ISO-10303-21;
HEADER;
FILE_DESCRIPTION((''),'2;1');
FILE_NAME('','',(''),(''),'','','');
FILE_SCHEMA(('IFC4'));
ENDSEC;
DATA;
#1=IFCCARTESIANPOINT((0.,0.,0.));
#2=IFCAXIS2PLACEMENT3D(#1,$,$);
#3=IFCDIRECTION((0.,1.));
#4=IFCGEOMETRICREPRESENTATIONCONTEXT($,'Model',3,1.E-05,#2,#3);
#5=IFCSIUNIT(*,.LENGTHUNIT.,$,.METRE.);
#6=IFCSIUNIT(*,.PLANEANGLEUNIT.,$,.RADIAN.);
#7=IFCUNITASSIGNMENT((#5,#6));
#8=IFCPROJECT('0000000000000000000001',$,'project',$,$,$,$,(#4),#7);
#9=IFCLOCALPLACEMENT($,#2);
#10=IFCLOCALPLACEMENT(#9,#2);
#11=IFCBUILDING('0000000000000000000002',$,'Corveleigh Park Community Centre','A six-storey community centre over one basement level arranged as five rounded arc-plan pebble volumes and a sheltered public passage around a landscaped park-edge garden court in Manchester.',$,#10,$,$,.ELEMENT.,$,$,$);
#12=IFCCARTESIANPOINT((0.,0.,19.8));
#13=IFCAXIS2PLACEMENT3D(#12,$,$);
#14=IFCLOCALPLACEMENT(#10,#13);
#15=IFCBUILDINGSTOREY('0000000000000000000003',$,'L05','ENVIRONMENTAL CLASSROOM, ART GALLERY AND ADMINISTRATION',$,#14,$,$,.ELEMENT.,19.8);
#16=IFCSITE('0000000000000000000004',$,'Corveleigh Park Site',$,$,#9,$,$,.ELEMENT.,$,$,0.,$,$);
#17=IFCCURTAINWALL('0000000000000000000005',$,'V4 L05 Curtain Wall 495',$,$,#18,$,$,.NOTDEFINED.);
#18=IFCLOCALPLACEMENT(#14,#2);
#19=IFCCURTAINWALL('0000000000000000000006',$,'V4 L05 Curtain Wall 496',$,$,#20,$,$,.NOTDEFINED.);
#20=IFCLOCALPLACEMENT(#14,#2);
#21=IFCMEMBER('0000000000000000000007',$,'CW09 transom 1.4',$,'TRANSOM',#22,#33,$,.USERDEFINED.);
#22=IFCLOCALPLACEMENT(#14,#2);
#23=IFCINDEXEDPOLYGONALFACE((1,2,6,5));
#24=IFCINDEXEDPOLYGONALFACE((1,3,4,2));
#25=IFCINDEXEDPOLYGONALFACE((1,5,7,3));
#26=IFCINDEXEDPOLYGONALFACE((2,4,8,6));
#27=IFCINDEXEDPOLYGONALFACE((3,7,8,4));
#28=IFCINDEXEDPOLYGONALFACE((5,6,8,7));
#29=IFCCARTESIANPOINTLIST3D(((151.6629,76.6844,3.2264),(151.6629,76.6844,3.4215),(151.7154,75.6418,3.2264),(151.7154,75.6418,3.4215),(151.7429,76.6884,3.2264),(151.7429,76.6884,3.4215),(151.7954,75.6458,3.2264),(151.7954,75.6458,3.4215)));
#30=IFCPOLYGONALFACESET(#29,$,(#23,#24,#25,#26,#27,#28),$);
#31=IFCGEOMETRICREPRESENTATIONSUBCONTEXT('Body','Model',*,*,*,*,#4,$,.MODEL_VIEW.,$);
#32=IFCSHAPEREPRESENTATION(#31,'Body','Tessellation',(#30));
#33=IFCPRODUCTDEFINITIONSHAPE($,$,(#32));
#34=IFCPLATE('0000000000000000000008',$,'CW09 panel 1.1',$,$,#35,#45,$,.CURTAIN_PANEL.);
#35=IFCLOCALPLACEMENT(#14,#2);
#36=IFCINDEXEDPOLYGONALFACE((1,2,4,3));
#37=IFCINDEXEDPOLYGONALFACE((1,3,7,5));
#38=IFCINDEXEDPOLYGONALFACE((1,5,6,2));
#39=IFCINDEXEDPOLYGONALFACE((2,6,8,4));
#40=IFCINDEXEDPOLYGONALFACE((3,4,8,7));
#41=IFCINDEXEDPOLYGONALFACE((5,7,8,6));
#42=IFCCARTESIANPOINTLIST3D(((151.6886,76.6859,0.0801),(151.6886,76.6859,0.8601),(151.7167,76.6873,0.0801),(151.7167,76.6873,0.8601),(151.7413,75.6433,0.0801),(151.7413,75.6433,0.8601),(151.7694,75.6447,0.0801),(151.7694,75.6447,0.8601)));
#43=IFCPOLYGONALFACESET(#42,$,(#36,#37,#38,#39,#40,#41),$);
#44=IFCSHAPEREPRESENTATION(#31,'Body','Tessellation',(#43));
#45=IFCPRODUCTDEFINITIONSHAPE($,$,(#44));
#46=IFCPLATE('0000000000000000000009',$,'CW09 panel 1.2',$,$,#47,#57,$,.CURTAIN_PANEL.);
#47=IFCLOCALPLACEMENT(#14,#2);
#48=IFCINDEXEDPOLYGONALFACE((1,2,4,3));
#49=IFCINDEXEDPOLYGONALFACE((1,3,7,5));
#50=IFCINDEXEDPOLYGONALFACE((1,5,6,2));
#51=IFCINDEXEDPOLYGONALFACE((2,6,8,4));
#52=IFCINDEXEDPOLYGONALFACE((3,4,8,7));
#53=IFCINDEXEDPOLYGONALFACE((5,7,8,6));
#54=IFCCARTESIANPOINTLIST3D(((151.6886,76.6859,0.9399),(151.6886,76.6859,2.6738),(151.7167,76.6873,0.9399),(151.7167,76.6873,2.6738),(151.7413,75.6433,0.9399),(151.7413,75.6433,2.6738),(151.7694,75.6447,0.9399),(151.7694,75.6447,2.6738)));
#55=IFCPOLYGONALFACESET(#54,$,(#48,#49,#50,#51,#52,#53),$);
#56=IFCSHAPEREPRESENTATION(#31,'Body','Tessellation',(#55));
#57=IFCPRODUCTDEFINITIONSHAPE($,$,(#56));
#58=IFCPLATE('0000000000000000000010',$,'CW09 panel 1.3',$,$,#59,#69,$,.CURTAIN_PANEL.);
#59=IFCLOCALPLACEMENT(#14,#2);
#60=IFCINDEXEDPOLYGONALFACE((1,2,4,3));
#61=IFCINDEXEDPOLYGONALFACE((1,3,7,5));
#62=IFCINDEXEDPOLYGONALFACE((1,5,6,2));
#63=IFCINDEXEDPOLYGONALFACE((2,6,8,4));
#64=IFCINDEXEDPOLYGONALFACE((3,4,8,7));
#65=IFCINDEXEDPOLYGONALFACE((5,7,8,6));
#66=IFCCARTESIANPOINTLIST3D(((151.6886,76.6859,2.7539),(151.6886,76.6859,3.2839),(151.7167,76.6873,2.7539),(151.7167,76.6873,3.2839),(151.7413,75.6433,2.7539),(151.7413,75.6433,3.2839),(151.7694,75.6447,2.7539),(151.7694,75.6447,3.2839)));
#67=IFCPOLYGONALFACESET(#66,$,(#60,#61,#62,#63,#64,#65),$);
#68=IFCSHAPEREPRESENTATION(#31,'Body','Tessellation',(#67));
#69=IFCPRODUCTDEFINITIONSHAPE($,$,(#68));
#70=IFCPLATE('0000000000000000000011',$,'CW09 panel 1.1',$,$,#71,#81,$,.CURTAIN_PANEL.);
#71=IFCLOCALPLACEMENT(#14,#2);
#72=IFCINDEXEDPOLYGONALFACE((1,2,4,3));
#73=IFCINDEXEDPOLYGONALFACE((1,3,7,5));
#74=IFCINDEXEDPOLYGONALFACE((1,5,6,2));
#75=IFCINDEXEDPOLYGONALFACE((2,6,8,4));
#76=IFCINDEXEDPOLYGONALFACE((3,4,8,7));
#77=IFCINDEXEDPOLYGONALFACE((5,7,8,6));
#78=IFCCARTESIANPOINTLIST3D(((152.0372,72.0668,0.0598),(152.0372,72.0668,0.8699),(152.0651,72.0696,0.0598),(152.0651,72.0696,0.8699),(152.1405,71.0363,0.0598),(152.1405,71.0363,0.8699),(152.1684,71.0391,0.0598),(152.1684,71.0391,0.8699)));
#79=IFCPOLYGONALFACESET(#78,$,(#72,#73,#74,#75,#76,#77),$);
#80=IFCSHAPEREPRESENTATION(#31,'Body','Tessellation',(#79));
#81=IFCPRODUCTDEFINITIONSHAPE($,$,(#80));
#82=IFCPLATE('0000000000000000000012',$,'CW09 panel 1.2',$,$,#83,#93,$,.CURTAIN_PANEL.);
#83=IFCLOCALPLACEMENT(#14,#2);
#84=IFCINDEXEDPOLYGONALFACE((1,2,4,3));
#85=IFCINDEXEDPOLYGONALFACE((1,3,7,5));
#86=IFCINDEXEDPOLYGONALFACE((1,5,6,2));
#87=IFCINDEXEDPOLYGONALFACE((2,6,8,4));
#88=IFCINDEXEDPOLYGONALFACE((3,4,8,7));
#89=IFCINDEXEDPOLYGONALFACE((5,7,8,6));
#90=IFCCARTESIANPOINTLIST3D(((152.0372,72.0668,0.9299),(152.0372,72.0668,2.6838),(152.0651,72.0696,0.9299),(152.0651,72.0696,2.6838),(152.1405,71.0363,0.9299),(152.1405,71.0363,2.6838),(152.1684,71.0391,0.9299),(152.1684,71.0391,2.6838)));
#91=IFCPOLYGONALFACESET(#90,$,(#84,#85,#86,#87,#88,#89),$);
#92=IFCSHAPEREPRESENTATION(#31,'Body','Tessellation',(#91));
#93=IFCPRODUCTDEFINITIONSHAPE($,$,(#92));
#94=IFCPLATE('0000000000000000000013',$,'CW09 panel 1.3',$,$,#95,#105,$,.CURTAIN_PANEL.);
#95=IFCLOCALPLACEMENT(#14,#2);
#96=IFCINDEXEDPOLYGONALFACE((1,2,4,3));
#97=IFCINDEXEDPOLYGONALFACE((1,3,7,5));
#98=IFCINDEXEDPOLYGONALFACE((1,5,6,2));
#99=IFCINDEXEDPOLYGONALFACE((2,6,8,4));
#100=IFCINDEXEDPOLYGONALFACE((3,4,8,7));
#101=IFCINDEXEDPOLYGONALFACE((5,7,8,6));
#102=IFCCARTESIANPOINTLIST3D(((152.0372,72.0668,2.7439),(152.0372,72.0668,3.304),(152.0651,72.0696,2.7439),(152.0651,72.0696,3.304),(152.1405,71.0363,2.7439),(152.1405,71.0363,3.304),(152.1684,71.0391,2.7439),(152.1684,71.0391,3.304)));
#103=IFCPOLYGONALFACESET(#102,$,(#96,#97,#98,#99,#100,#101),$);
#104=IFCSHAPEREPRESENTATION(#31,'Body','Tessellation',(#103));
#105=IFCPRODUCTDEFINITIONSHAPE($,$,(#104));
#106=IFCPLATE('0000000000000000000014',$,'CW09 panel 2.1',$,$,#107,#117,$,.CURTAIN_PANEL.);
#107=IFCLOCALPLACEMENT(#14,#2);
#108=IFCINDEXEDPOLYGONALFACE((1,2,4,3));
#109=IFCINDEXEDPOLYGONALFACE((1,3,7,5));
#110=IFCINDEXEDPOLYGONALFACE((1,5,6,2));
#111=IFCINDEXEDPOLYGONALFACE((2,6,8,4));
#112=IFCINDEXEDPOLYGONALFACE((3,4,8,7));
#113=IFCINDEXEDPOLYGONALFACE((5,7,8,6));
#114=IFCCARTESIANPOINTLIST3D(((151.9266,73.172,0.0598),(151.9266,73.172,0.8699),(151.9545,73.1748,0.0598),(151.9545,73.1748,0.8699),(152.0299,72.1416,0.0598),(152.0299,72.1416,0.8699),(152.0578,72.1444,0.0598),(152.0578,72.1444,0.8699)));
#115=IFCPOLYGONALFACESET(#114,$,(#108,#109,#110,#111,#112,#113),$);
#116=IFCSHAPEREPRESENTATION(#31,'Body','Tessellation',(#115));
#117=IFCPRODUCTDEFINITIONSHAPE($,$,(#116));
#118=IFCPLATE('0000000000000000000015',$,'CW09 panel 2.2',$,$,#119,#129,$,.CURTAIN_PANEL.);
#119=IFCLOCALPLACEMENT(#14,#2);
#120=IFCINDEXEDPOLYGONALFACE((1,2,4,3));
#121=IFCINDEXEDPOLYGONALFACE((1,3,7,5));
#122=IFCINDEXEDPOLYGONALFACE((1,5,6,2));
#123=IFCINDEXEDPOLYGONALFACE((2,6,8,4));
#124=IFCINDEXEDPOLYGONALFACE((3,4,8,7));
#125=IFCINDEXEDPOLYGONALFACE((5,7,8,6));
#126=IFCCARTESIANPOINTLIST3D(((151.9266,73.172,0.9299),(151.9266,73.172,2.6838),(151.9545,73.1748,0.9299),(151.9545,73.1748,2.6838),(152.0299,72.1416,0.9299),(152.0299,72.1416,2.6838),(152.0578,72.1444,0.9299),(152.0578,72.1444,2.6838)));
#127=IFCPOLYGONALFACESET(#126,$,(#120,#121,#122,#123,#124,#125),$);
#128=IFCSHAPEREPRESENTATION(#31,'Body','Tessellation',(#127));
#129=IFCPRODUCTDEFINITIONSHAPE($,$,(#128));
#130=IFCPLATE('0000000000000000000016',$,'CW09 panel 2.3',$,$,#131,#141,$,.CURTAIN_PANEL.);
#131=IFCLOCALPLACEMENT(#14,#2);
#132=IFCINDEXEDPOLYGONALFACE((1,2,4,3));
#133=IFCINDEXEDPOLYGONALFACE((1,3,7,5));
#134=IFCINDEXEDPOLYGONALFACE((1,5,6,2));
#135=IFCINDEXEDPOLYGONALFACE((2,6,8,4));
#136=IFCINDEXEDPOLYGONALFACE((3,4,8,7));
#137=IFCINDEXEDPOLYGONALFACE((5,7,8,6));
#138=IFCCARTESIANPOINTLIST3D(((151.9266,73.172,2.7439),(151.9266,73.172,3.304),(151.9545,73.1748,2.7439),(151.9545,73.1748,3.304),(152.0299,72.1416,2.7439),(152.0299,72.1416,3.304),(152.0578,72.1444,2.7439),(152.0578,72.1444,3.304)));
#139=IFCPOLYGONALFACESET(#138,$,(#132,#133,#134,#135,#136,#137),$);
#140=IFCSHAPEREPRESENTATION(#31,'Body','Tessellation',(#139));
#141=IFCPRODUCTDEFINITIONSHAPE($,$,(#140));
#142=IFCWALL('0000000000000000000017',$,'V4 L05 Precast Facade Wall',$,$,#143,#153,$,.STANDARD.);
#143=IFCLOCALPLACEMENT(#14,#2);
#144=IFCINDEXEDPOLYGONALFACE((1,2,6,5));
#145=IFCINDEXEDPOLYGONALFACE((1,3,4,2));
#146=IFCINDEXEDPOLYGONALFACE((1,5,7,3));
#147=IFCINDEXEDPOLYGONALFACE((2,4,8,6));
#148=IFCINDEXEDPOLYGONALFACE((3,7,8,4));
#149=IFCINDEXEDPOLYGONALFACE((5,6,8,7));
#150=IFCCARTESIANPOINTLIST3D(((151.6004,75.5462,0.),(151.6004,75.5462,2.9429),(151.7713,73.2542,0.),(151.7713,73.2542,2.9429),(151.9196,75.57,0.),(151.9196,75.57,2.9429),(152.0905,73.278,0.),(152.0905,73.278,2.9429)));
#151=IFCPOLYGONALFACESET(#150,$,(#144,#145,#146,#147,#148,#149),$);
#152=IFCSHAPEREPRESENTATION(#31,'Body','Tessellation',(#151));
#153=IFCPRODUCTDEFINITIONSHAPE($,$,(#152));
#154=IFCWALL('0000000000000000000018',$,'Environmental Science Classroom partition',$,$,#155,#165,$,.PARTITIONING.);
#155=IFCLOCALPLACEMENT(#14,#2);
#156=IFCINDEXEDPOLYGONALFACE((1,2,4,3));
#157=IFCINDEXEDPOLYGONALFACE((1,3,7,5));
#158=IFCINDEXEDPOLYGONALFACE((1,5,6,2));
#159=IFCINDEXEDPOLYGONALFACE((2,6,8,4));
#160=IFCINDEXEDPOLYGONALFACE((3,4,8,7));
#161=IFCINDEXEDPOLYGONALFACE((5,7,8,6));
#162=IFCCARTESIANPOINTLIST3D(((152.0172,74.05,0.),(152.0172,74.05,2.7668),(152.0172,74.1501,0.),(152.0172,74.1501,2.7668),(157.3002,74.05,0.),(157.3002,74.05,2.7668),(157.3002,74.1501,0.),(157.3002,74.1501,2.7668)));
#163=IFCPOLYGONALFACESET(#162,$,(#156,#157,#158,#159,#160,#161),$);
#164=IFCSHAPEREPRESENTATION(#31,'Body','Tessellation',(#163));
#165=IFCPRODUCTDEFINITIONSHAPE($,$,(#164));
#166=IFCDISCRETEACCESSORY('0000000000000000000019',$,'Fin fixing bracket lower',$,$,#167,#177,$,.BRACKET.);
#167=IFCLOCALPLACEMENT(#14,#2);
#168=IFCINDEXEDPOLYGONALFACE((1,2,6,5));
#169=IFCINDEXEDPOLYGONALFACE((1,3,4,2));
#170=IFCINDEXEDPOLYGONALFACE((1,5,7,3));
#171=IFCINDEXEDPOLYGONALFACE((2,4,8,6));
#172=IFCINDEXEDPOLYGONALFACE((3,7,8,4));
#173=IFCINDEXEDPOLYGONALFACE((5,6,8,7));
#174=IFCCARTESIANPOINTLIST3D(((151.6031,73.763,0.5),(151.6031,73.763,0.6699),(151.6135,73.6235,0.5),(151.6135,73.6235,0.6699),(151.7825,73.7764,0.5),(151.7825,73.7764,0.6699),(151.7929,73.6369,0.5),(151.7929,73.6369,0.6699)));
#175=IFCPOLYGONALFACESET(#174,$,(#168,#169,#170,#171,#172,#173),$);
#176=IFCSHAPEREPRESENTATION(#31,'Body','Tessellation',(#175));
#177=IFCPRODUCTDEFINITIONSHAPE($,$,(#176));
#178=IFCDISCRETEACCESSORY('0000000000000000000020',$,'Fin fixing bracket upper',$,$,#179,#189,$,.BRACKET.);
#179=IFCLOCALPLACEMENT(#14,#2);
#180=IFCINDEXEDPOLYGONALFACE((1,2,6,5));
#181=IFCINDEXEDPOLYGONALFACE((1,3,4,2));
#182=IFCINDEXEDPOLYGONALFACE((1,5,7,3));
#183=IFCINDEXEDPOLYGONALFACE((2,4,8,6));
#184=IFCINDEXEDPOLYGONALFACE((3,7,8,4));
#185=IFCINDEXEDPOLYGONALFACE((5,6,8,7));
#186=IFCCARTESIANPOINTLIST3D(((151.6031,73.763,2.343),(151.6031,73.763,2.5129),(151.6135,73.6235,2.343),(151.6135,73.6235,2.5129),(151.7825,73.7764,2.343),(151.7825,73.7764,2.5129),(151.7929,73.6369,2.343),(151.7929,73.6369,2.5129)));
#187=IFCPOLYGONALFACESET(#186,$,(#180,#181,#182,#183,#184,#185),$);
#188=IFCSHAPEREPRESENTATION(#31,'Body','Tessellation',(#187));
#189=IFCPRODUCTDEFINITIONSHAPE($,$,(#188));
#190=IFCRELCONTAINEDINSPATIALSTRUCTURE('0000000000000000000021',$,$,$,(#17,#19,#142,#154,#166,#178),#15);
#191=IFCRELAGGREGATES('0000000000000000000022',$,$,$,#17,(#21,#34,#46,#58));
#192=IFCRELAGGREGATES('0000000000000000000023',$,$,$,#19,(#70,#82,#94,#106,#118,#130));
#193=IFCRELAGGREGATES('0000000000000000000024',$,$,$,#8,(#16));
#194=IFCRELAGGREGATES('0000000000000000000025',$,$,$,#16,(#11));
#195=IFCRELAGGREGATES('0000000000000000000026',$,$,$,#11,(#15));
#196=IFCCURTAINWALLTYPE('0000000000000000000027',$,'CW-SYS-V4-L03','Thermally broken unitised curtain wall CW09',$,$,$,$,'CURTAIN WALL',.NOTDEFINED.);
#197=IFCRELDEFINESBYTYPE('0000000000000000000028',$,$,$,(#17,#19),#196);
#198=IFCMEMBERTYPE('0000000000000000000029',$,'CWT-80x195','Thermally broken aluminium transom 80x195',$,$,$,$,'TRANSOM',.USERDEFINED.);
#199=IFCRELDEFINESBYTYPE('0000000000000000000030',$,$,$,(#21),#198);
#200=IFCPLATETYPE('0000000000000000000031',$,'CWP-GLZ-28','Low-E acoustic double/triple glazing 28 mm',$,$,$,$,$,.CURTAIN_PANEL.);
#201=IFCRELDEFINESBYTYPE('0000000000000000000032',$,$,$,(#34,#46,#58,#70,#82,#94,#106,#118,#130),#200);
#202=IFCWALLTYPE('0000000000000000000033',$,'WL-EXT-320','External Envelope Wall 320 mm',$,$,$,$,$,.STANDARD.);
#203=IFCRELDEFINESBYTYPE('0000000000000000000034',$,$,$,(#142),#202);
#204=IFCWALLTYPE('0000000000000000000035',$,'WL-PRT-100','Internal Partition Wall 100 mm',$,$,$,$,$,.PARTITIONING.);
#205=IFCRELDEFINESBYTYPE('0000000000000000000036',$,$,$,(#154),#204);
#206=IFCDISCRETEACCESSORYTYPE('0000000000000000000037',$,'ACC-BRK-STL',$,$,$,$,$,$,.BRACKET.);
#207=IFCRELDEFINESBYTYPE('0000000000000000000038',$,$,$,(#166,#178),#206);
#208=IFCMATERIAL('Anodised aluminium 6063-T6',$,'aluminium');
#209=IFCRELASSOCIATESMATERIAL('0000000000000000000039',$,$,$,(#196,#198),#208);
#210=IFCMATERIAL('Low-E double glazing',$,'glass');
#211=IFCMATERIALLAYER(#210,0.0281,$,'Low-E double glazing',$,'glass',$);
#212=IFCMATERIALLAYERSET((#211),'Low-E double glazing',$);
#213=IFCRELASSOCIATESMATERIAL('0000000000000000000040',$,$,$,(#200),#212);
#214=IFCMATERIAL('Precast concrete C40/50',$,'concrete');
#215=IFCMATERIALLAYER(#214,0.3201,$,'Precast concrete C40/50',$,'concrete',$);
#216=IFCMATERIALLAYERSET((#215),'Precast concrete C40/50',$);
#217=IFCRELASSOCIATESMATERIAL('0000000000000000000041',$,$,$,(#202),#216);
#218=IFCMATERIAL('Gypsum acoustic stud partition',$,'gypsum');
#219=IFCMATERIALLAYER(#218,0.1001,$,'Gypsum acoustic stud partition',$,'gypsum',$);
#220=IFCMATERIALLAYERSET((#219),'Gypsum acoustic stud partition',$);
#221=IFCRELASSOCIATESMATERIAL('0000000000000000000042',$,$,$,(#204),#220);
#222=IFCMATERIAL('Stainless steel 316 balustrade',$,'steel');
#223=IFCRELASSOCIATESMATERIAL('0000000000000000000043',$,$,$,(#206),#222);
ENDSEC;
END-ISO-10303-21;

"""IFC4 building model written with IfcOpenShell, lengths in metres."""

from ifc_helpers import new_model, si_unit, direction, frame, frame_2d, origin, origin_2d, place, context, subcontext, project, spatial, rectangle, extrude, material, layer, layer_set, material_profile, profile_set, type_object, element, aggregate, save


model = new_model("IFC4")

# Units and contexts
model_context = context("Model", 3, precision=1e-05, world=origin(), true_north=direction((0.0, 1.0)))
body_context = subcontext(model_context, "Body", "Model", "MODEL_VIEW")
ifc_project = project(units=[si_unit("LENGTHUNIT", "METRE"), si_unit("PLANEANGLEUNIT", "RADIAN")], contexts=[model_context])

# Site, building, storey
site_placement = place(None, origin())
site = spatial("IfcSite", under=ifc_project, at=site_placement, Name="Corveleigh Park Site", CompositionType="ELEMENT", RefElevation=0.0)
building_placement = place(site_placement, origin())
building = spatial("IfcBuilding", under=site, at=building_placement, Name="Corveleigh Park Community Centre", Description="A six-storey community centre over one basement level arranged as five rounded arc-plan pebble volumes and a sheltered public passage around a landscaped park-edge garden court in Manchester.", CompositionType="ELEMENT")
storey_placement = place(building_placement, frame((0.0, 0.0, 19.8)))
storey = spatial("IfcBuildingStorey", under=building, at=storey_placement, Name="L05", Description="ENVIRONMENTAL CLASSROOM, ART GALLERY AND ADMINISTRATION", CompositionType="ELEMENT", Elevation=19.8)

# Curtain walls
ifc_material_1 = material(Name="Anodised aluminium 6063-T6", Category="aluminium")
curtain_wall_type = type_object("IfcCurtainWallType", Name="CW-SYS-V4-L03", Description="Thermally broken unitised curtain wall CW09", ElementType="CURTAIN WALL", PredefinedType="NOTDEFINED", material=ifc_material_1)
curtain_wall_1_placement = place(storey_placement, origin())
curtain_wall_1 = element("IfcCurtainWall", 1, at=curtain_wall_1_placement, inside=storey, type_object=curtain_wall_type, Name="V4 L05 Curtain Wall 495", PredefinedType="NOTDEFINED")
curtain_wall_2_placement = place(storey_placement, origin())
curtain_wall_2 = element("IfcCurtainWall", 2, at=curtain_wall_2_placement, inside=storey, type_object=curtain_wall_type, Name="V4 L05 Curtain Wall 496", PredefinedType="NOTDEFINED")

# Member
ifc_material_profile_1 = material_profile(ifc_material_1, rectangle(XDim=0.0801, YDim=0.1951, at=origin_2d()), Name="ALU-T80x195", Category="aluminium")
ifc_profile_set_1 = profile_set([ifc_material_profile_1], Name="Anodised aluminium 6063-T6")
member_type_1 = type_object("IfcMemberType", Name="CWT-80x195", Description="Thermally broken aluminium transom 80x195", ElementType="TRANSOM", PredefinedType="USERDEFINED", material=ifc_profile_set_1)
member_1_placement = place(storey_placement, frame((151.7554, 75.6438, 3.324), z_axis=(-0.050276, 0.998735, 0.0), x_axis=(-0.998735, -0.050276, 0.0)))
member_1 = element("IfcMember", 3, at=member_1_placement, type_object=member_type_1, Name="CW09 transom 1.4", ObjectType="TRANSOM", PredefinedType="USERDEFINED", context=body_context, shape_type="SweptSolid", body=[
    extrude(rectangle(XDim=0.0801, YDim=0.1951, at=origin_2d()), origin(), (0.0, 0.0, 1.0), 1.0439),
])

# Plates
ifc_material_2 = material(Name="Low-E double glazing", Category="glass")
ifc_layer_1 = layer(ifc_material_2, 0.0281, Name="Low-E double glazing", Category="glass")
ifc_layer_set_1 = layer_set([ifc_layer_1], Name="Low-E double glazing")
plate_type = type_object("IfcPlateType", Name="CWP-GLZ-28", Description="Low-E acoustic double/triple glazing 28 mm", PredefinedType="CURTAIN_PANEL", material=ifc_layer_set_1)
plate_1_placement = place(storey_placement, frame((151.729, 76.1653, 0.0801), z_axis=(0.0, 0.0, 1.0), x_axis=(-0.05048, 0.998725, 0.0)))
plate_1 = element("IfcPlate", 4, at=plate_1_placement, type_object=plate_type, Name="CW09 panel 1.1", PredefinedType="CURTAIN_PANEL", context=body_context, shape_type="SweptSolid", body=[
    extrude(rectangle(XDim=1.0439, YDim=0.0281, at=origin_2d()), origin(), (0.0, 0.0, 1.0), 0.78),
])
plate_2_placement = place(storey_placement, frame((151.729, 76.1653, 0.9399), z_axis=(0.0, 0.0, 1.0), x_axis=(-0.05048, 0.998725, 0.0)))
plate_2 = element("IfcPlate", 5, at=plate_2_placement, type_object=plate_type, Name="CW09 panel 1.2", PredefinedType="CURTAIN_PANEL", context=body_context, shape_type="SweptSolid", body=[
    extrude(rectangle(XDim=1.0439, YDim=0.0281, at=origin_2d()), origin(), (0.0, 0.0, 1.0), 1.7339),
])
plate_3_placement = place(storey_placement, frame((151.729, 76.1653, 2.7539), z_axis=(0.0, 0.0, 1.0), x_axis=(-0.05048, 0.998725, 0.0)))
plate_3 = element("IfcPlate", 6, at=plate_3_placement, type_object=plate_type, Name="CW09 panel 1.3", PredefinedType="CURTAIN_PANEL", context=body_context, shape_type="SweptSolid", body=[
    extrude(rectangle(XDim=1.0439, YDim=0.0281, at=origin_2d()), origin(), (0.0, 0.0, 1.0), 0.53),
])
aggregate(curtain_wall_1, [member_1, plate_1, plate_2, plate_3])
plate_4_placement = place(storey_placement, frame((152.1028, 71.553, 0.0598), z_axis=(0.0, 0.0, 1.0), x_axis=(-0.099719, 0.995016, 0.0)))
plate_4 = element("IfcPlate", 7, at=plate_4_placement, type_object=plate_type, Name="CW09 panel 1.1", PredefinedType="CURTAIN_PANEL", context=body_context, shape_type="SweptSolid", body=[
    extrude(rectangle(XDim=1.0356, YDim=0.0281, at=origin_2d()), origin(), (0.0, 0.0, 1.0), 0.8101),
])
plate_5_placement = place(storey_placement, frame((152.1028, 71.553, 0.9299), z_axis=(0.0, 0.0, 1.0), x_axis=(-0.099719, 0.995016, 0.0)))
plate_5 = element("IfcPlate", 8, at=plate_5_placement, type_object=plate_type, Name="CW09 panel 1.2", PredefinedType="CURTAIN_PANEL", context=body_context, shape_type="SweptSolid", body=[
    extrude(rectangle(XDim=1.0356, YDim=0.0281, at=origin_2d()), origin(), (0.0, 0.0, 1.0), 1.7539),
])
plate_6_placement = place(storey_placement, frame((152.1028, 71.553, 2.7439), z_axis=(0.0, 0.0, 1.0), x_axis=(-0.099719, 0.995016, 0.0)))
plate_6 = element("IfcPlate", 9, at=plate_6_placement, type_object=plate_type, Name="CW09 panel 1.3", PredefinedType="CURTAIN_PANEL", context=body_context, shape_type="SweptSolid", body=[
    extrude(rectangle(XDim=1.0356, YDim=0.0281, at=origin_2d()), origin(), (0.0, 0.0, 1.0), 0.5601),
])
plate_7_placement = place(storey_placement, frame((151.9922, 72.6582, 0.0598), z_axis=(0.0, 0.0, 1.0), x_axis=(-0.099719, 0.995016, 0.0)))
plate_7 = element("IfcPlate", 10, at=plate_7_placement, type_object=plate_type, Name="CW09 panel 2.1", PredefinedType="CURTAIN_PANEL", context=body_context, shape_type="SweptSolid", body=[
    extrude(rectangle(XDim=1.0356, YDim=0.0281, at=origin_2d()), origin(), (0.0, 0.0, 1.0), 0.8101),
])
plate_8_placement = place(storey_placement, frame((151.9922, 72.6582, 0.9299), z_axis=(0.0, 0.0, 1.0), x_axis=(-0.099719, 0.995016, 0.0)))
plate_8 = element("IfcPlate", 11, at=plate_8_placement, type_object=plate_type, Name="CW09 panel 2.2", PredefinedType="CURTAIN_PANEL", context=body_context, shape_type="SweptSolid", body=[
    extrude(rectangle(XDim=1.0356, YDim=0.0281, at=origin_2d()), origin(), (0.0, 0.0, 1.0), 1.7539),
])
plate_9_placement = place(storey_placement, frame((151.9922, 72.6582, 2.7439), z_axis=(0.0, 0.0, 1.0), x_axis=(-0.099719, 0.995016, 0.0)))
plate_9 = element("IfcPlate", 12, at=plate_9_placement, type_object=plate_type, Name="CW09 panel 2.3", PredefinedType="CURTAIN_PANEL", context=body_context, shape_type="SweptSolid", body=[
    extrude(rectangle(XDim=1.0356, YDim=0.0281, at=origin_2d()), origin(), (0.0, 0.0, 1.0), 0.5601),
])
aggregate(curtain_wall_2, [plate_4, plate_5, plate_6, plate_7, plate_8, plate_9])

# Walls
ifc_material_3 = material(Name="Precast concrete C40/50", Category="concrete")
ifc_layer_2 = layer(ifc_material_3, 0.3201, Name="Precast concrete C40/50", Category="concrete")
ifc_layer_set_2 = layer_set([ifc_layer_2], Name="Precast concrete C40/50")
wall_type_1 = type_object("IfcWallType", Name="WL-EXT-320", Description="External Envelope Wall 320 mm", PredefinedType="STANDARD", material=ifc_layer_set_2)
wall_1_placement = place(storey_placement, frame((151.9309, 73.2661, 0.0), z_axis=(0.0, 0.0, 1.0), x_axis=(-0.074357, 0.997232, 0.0)))
element("IfcWall", 13, at=wall_1_placement, inside=storey, type_object=wall_type_1, Name="V4 L05 Precast Facade Wall", PredefinedType="STANDARD", context=body_context, shape_type="SweptSolid", body=[
    extrude(rectangle(XDim=2.2983, YDim=0.3201, at=frame_2d((1.1492, 0.0))), origin(), (0.0, 0.0, 1.0), 2.9429),
])
ifc_material_4 = material(Name="Gypsum acoustic stud partition", Category="gypsum")
ifc_layer_3 = layer(ifc_material_4, 0.1001, Name="Gypsum acoustic stud partition", Category="gypsum")
ifc_layer_set_3 = layer_set([ifc_layer_3], Name="Gypsum acoustic stud partition")
wall_type_2 = type_object("IfcWallType", Name="WL-PRT-100", Description="Internal Partition Wall 100 mm", PredefinedType="PARTITIONING", material=ifc_layer_set_3)
wall_2_placement = place(storey_placement, frame((152.0171, 74.1001, 0.0), z_axis=(0.0, 0.0, 1.0), x_axis=(1.0, 0.0, 0.0)))
element("IfcWall", 14, at=wall_2_placement, inside=storey, type_object=wall_type_2, Name="Environmental Science Classroom partition", PredefinedType="PARTITIONING", context=body_context, shape_type="SweptSolid", body=[
    extrude(rectangle(XDim=5.283, YDim=0.1001, at=frame_2d((2.6416, 0.0))), origin(), (0.0, 0.0, 1.0), 2.7668),
])

# Discrete accessories
ifc_material_5 = material(Name="Stainless steel 316 balustrade", Category="steel")
discrete_accessory_type = type_object("IfcDiscreteAccessoryType", Name="ACC-BRK-STL", PredefinedType="BRACKET", material=ifc_material_5)
for number, where, z_axis, x_axis, name in (
    (15, (151.698, 73.7, 0.5), (0.0, 0.0, 1.0), (-0.997228, -0.074401, 0.0), "Fin fixing bracket lower"),
    (16, (151.698, 73.7, 2.343), (0.0, 0.0, 1.0), (-0.997228, -0.074401, 0.0), "Fin fixing bracket upper"),
):
    element("IfcDiscreteAccessory", number, at=place(storey_placement, frame(where, z_axis=z_axis, x_axis=x_axis)), inside=storey, type_object=discrete_accessory_type, Name=name, PredefinedType="BRACKET", context=body_context, shape_type="SweptSolid", body=[
        extrude(rectangle(XDim=0.1799, YDim=0.1399, at=origin_2d()), origin(), (0.0, 0.0, 1.0), 0.1699),
    ])

save(model, "model.ifc")
